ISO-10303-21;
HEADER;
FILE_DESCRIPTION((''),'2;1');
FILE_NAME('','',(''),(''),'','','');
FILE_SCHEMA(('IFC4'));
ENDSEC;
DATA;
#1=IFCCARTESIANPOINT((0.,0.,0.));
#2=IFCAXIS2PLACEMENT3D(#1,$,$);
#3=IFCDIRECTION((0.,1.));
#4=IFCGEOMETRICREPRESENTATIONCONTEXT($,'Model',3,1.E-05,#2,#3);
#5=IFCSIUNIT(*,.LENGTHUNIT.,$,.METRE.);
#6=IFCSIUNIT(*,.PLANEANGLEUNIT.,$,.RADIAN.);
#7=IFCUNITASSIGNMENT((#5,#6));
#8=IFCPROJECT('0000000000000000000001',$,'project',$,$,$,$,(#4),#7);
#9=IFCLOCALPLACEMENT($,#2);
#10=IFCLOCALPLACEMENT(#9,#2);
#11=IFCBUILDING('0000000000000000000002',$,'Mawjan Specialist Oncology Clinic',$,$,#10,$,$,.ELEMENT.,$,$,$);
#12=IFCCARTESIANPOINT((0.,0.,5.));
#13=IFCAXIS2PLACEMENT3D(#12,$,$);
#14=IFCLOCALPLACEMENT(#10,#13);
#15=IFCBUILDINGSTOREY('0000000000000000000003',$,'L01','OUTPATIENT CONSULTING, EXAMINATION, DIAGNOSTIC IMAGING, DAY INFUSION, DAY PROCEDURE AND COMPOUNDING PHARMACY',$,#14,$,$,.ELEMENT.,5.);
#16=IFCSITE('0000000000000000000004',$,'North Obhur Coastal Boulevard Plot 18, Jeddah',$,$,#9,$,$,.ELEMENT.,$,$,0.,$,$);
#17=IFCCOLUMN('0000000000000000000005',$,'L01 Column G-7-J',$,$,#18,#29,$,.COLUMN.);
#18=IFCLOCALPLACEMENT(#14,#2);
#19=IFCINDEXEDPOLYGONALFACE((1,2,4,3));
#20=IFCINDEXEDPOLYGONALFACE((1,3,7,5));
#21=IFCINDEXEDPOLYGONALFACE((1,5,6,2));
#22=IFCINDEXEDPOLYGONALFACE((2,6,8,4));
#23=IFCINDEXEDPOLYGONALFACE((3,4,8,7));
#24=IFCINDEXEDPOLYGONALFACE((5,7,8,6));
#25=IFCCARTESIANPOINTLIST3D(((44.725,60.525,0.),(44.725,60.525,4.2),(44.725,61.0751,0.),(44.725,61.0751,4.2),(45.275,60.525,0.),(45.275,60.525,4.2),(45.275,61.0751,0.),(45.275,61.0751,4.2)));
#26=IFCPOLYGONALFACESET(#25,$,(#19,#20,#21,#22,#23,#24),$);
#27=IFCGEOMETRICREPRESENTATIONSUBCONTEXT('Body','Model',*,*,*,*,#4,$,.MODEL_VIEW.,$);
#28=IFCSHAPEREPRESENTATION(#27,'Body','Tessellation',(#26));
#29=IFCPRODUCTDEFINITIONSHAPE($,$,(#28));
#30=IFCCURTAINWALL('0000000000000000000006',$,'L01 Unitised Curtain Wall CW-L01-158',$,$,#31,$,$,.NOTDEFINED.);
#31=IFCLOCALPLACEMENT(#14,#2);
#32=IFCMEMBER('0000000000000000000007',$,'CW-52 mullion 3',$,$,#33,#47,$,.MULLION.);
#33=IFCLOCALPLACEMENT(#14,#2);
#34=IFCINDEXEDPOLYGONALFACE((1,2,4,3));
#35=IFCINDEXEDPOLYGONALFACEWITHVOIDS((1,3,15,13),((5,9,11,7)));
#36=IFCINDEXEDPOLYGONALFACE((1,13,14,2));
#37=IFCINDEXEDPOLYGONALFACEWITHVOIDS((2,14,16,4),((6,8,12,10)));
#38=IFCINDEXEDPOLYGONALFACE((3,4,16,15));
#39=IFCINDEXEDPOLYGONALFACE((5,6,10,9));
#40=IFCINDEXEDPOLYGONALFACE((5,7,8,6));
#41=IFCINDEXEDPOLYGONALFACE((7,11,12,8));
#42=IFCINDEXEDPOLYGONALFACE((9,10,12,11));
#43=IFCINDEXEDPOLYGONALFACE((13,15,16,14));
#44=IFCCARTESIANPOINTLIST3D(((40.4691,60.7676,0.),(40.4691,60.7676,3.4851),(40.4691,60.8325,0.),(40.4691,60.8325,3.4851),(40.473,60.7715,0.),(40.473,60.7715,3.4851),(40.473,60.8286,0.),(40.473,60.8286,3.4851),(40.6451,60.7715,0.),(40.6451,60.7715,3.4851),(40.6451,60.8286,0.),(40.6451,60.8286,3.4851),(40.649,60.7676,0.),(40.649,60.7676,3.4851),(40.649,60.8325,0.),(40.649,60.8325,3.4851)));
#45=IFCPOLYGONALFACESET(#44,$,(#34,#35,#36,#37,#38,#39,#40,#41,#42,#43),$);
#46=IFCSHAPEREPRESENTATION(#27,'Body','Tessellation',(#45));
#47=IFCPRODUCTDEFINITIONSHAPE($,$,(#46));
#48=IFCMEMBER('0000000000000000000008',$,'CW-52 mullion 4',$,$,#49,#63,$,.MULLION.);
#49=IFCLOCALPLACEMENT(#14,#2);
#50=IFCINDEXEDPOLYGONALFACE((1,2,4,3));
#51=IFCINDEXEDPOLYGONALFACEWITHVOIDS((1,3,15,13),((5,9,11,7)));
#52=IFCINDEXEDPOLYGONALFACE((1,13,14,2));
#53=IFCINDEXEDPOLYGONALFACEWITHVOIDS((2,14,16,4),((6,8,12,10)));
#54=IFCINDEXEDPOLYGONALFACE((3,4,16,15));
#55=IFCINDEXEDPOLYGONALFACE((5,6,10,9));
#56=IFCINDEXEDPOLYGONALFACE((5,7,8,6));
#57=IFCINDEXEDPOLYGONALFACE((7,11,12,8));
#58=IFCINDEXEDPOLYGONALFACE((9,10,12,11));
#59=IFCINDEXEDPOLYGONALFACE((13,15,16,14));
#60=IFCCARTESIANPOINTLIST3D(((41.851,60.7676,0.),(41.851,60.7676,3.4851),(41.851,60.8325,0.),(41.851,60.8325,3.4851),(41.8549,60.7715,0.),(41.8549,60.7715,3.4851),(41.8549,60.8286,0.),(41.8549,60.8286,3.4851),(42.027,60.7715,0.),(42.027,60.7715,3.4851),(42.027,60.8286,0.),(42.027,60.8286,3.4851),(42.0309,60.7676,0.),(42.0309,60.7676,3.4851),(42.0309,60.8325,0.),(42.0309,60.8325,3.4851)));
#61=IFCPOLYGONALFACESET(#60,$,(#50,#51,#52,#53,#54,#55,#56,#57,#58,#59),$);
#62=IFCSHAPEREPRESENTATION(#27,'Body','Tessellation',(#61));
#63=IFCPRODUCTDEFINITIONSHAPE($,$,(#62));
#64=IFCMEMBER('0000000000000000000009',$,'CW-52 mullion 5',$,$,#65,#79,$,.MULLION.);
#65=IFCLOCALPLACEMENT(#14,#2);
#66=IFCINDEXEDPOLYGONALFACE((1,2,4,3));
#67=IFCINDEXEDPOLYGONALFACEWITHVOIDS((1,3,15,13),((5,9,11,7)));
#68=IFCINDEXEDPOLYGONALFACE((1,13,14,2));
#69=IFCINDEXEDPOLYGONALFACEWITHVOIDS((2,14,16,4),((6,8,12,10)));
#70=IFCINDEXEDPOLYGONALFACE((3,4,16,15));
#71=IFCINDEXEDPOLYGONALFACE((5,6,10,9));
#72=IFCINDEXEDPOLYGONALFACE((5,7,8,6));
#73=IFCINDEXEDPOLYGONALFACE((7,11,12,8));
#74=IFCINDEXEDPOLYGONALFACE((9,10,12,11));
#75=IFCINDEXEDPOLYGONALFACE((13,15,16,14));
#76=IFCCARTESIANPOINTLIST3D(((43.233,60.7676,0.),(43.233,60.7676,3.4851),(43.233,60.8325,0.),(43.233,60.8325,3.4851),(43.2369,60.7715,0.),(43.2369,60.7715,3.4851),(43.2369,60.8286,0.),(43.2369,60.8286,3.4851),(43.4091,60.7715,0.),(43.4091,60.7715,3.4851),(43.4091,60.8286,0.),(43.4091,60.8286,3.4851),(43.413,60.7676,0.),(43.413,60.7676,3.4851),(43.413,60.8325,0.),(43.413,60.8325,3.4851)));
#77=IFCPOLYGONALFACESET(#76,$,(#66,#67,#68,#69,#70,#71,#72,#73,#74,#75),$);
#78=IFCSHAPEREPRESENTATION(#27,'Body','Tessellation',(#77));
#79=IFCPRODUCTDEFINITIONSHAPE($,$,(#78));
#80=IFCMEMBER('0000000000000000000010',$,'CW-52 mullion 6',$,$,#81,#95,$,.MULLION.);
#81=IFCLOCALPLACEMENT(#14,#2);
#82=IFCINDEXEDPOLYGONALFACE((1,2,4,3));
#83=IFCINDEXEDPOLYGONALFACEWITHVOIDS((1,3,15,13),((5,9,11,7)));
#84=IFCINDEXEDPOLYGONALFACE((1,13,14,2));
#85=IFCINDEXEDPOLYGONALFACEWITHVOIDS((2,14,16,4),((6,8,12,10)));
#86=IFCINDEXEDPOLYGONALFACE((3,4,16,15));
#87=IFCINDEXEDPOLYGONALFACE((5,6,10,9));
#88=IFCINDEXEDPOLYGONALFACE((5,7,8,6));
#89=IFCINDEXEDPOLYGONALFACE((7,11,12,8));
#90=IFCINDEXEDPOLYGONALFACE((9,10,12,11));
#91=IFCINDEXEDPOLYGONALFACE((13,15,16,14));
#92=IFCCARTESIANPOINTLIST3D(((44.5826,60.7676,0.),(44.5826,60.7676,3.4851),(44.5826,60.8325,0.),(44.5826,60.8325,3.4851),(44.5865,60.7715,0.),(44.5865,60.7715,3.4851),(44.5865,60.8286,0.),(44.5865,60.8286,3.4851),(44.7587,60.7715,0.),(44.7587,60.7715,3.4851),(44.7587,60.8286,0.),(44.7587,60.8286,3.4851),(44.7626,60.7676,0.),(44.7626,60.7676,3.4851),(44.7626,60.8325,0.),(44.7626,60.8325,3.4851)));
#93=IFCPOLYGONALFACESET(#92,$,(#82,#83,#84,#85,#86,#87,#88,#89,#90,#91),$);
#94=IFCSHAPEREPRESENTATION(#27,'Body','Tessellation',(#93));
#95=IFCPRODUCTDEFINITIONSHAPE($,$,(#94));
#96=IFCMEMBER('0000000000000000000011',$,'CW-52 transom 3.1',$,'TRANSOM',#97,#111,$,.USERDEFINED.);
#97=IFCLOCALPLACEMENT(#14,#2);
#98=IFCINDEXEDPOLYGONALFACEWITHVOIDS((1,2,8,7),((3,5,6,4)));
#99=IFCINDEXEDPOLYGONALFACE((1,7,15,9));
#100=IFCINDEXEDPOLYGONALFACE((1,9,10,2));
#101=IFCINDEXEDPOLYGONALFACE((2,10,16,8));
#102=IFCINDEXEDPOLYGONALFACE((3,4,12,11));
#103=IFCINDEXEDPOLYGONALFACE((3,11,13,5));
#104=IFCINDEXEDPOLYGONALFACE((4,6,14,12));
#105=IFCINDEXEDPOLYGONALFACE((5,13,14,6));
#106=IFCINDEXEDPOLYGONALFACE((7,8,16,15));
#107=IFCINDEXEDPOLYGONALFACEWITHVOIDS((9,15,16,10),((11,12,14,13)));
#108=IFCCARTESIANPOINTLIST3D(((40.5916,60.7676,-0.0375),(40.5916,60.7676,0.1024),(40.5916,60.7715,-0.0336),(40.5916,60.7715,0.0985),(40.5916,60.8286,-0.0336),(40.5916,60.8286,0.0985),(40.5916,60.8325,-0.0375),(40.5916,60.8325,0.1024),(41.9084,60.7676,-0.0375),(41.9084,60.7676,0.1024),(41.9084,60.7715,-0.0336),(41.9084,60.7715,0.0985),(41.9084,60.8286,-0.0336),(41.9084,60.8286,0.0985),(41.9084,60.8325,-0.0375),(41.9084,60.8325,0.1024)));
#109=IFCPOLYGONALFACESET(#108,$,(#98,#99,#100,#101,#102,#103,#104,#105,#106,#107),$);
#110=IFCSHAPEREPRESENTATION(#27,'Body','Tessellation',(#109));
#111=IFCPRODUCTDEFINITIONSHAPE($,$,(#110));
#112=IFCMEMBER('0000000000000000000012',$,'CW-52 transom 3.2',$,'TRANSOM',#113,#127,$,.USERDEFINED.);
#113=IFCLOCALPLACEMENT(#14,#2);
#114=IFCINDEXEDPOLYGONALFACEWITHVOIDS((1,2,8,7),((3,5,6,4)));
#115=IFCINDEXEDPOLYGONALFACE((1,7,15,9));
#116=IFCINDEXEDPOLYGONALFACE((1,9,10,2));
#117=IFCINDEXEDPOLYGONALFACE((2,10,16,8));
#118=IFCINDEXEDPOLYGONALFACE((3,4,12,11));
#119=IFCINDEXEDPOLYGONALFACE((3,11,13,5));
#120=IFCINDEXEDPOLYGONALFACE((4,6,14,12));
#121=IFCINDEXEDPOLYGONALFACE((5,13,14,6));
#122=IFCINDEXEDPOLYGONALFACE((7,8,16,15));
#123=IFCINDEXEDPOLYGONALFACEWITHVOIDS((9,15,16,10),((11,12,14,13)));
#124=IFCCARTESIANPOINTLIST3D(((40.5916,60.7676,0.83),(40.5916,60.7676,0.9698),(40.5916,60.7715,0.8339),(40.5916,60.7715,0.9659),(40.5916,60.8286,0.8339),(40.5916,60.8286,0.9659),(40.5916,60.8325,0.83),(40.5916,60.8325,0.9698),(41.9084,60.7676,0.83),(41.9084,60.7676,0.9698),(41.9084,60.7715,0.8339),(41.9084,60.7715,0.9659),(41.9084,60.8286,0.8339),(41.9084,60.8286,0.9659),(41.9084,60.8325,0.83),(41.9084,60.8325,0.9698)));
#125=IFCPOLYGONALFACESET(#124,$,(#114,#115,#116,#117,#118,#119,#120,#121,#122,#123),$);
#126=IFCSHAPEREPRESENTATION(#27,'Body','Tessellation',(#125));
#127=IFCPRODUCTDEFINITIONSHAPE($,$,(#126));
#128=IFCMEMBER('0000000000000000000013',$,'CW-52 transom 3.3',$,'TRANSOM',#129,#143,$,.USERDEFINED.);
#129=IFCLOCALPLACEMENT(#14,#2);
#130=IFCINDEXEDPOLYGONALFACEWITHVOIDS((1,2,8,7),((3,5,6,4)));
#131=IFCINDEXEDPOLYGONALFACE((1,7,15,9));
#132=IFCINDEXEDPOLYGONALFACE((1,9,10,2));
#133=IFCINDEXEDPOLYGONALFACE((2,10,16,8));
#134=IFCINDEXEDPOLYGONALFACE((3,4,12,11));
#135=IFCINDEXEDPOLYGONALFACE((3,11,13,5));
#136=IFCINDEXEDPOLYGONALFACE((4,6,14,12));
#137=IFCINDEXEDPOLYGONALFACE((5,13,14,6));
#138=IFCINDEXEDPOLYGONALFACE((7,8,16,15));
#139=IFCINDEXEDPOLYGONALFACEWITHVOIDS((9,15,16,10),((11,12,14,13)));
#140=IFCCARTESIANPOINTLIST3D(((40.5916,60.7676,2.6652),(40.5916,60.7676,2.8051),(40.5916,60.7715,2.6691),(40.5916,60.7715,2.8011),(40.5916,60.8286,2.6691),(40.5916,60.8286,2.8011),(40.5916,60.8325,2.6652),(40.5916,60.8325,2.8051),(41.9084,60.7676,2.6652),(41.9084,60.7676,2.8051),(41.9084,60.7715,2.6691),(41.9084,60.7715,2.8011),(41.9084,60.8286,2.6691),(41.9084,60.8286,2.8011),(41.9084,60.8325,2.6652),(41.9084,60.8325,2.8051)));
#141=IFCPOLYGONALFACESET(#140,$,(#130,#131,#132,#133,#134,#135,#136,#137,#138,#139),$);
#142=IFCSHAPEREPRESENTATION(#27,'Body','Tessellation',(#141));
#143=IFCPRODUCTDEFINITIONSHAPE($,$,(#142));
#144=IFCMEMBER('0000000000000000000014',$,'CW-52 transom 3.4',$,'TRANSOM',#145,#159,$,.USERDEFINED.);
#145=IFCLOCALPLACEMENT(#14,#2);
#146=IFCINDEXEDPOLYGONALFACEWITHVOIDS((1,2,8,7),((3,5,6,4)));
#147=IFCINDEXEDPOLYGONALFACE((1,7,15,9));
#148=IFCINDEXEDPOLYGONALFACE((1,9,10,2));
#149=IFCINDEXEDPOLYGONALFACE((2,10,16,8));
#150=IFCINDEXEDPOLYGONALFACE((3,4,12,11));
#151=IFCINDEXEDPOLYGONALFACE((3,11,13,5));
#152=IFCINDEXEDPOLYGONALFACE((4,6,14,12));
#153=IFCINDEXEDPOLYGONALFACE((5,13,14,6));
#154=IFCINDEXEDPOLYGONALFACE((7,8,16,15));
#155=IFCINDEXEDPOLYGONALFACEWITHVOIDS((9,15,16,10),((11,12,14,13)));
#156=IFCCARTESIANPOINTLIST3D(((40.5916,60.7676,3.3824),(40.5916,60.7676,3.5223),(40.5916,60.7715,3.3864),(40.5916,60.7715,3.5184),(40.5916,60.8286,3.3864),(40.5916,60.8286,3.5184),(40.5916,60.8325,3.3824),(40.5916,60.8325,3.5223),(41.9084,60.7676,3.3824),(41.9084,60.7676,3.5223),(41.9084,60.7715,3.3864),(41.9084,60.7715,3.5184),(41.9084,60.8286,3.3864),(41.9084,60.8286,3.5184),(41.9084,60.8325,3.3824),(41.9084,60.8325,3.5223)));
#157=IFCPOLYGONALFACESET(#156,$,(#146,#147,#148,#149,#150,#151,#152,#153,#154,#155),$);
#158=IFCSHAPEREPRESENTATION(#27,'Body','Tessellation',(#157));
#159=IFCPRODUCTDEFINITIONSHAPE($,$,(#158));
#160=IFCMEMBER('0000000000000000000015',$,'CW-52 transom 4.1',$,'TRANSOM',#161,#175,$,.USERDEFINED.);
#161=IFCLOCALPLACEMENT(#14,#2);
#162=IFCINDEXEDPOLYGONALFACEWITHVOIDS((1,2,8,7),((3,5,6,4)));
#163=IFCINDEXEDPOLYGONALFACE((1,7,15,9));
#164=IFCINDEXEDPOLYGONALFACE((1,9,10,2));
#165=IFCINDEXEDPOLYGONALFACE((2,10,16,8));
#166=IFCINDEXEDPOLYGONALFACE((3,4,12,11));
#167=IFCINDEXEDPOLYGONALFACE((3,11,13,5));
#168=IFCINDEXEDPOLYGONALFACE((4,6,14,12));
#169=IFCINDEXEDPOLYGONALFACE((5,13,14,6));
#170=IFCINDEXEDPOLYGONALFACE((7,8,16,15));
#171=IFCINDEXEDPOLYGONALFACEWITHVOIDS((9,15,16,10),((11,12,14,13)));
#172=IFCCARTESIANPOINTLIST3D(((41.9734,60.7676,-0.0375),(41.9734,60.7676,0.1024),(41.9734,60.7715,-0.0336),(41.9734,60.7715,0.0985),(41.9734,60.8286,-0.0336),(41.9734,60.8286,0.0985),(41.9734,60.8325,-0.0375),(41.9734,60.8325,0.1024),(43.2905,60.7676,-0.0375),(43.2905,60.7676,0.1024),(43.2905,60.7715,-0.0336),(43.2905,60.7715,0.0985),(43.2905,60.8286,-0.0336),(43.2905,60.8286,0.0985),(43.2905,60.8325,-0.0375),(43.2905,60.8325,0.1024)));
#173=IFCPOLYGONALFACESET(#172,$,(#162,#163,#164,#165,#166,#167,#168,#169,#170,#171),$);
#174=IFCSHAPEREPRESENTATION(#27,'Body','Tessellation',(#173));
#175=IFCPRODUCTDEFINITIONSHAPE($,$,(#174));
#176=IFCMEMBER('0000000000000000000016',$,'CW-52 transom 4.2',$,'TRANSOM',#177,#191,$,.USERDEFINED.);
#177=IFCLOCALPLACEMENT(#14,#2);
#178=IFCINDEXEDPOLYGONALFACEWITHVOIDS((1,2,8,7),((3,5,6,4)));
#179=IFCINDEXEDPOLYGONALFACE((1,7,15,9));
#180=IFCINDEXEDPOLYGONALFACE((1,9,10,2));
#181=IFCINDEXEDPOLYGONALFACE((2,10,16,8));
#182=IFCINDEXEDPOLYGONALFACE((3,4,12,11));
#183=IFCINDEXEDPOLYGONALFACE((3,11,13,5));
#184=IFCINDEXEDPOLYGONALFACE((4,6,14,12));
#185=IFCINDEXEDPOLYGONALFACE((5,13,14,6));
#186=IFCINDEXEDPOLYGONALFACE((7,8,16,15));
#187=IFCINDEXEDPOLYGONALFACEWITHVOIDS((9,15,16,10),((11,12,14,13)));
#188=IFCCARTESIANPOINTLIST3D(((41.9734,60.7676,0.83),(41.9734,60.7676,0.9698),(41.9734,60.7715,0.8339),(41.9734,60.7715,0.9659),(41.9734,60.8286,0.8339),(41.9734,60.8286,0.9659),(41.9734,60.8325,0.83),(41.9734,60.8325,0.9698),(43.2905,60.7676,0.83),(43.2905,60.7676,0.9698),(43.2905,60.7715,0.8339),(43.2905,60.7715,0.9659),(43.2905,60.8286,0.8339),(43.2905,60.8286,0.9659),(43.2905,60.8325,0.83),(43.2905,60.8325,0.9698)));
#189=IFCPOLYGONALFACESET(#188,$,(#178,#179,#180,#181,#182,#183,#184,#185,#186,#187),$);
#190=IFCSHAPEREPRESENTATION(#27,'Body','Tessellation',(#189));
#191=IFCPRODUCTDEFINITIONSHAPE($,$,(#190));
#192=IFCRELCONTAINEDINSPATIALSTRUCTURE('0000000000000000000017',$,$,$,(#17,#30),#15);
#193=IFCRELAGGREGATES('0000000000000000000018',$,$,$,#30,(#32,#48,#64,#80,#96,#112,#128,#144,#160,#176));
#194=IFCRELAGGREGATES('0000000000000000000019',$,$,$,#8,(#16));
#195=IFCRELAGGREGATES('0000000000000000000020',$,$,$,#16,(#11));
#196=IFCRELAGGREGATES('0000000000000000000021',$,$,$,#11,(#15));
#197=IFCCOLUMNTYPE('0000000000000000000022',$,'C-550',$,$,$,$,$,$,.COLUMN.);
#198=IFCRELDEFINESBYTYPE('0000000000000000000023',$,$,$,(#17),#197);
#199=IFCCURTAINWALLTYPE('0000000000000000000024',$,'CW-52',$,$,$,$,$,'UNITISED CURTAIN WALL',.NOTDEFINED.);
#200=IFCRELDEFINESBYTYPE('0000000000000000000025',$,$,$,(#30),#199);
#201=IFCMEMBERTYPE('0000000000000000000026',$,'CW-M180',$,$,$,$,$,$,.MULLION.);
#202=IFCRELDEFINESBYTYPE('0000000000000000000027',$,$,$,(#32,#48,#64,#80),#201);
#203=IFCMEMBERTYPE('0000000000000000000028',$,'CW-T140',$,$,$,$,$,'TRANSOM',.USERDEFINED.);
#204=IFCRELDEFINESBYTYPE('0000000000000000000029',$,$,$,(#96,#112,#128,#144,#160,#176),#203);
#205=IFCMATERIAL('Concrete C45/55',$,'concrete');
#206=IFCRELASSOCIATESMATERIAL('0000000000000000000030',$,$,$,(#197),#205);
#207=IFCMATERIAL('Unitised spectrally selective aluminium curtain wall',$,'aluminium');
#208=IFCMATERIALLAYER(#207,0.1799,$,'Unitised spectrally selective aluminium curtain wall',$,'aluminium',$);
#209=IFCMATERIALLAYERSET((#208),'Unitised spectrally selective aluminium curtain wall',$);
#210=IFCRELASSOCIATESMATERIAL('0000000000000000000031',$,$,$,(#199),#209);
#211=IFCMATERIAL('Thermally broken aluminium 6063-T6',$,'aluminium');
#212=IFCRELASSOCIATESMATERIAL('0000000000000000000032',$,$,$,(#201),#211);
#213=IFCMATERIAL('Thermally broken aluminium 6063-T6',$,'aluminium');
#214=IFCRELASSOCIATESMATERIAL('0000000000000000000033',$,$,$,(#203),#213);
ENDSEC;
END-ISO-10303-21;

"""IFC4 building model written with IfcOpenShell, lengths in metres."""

from ifc_helpers import new_model, si_unit, direction, frame, origin, origin_2d, place, context, subcontext, project, spatial, rectangle, hollow_rectangle, extrude, material, layer, layer_set, material_profile, profile_set, type_object, element, aggregate, save


model = new_model("IFC4")

# Units and contexts
model_context = context("Model", 3, precision=1e-05, world=origin(), true_north=direction((0.0, 1.0)))
body_context = subcontext(model_context, "Body", "Model", "MODEL_VIEW")
ifc_project = project(units=[si_unit("LENGTHUNIT", "METRE"), si_unit("PLANEANGLEUNIT", "RADIAN")], contexts=[model_context])

# Site, building, storey
site_placement = place(None, origin())
site = spatial("IfcSite", under=ifc_project, at=site_placement, Name="North Obhur Coastal Boulevard Plot 18, Jeddah", CompositionType="ELEMENT", RefElevation=0.0)
building_placement = place(site_placement, origin())
building = spatial("IfcBuilding", under=site, at=building_placement, Name="Mawjan Specialist Oncology Clinic", CompositionType="ELEMENT")
storey_placement = place(building_placement, frame((0.0, 0.0, 5.0)))
storey = spatial("IfcBuildingStorey", under=building, at=storey_placement, Name="L01", Description="OUTPATIENT CONSULTING, EXAMINATION, DIAGNOSTIC IMAGING, DAY INFUSION, DAY PROCEDURE AND COMPOUNDING PHARMACY", CompositionType="ELEMENT", Elevation=5.0)

# Column
ifc_material_1 = material(Name="Concrete C45/55", Category="concrete")
ifc_material_profile_1 = material_profile(ifc_material_1, rectangle(XDim=0.55, YDim=0.55, at=origin_2d()), Name="RC COL 550x550", Category="concrete")
ifc_profile_set_1 = profile_set([ifc_material_profile_1], Name="Concrete C45/55")
column_type = type_object("IfcColumnType", Name="C-550", PredefinedType="COLUMN", material=ifc_profile_set_1)
column_placement = place(storey_placement, frame((45.0, 60.8, 0.0), z_axis=(0.0, 0.0, 1.0), x_axis=(1.0, 0.0, 0.0)))
element("IfcColumn", 1, at=column_placement, inside=storey, type_object=column_type, Name="L01 Column G-7-J", PredefinedType="COLUMN", context=body_context, shape_type="SweptSolid", body=[
    extrude(rectangle(XDim=0.55, YDim=0.55, at=origin_2d()), origin(), (0.0, 0.0, 1.0), 4.2),
])

# Curtain wall, members
ifc_material_2 = material(Name="Unitised spectrally selective aluminium curtain wall", Category="aluminium")
ifc_layer_1 = layer(ifc_material_2, 0.1799, Name="Unitised spectrally selective aluminium curtain wall", Category="aluminium")
ifc_layer_set_1 = layer_set([ifc_layer_1], Name="Unitised spectrally selective aluminium curtain wall")
curtain_wall_type = type_object("IfcCurtainWallType", Name="CW-52", ElementType="UNITISED CURTAIN WALL", PredefinedType="NOTDEFINED", material=ifc_layer_set_1)
curtain_wall_placement = place(storey_placement, origin())
curtain_wall = element("IfcCurtainWall", 2, at=curtain_wall_placement, inside=storey, type_object=curtain_wall_type, Name="L01 Unitised Curtain Wall CW-L01-158", PredefinedType="NOTDEFINED")
ifc_material_3 = material(Name="Thermally broken aluminium 6063-T6", Category="aluminium")
ifc_material_profile_2 = material_profile(ifc_material_3, hollow_rectangle(XDim=0.0649, YDim=0.1799, WallThickness=0.0039, at=origin_2d()), Name="ALU MULLION 180x65x4", Category="aluminium")
ifc_profile_set_2 = profile_set([ifc_material_profile_2], Name="Thermally broken aluminium 6063-T6")
member_type_1 = type_object("IfcMemberType", Name="CW-M180", PredefinedType="MULLION", material=ifc_profile_set_2)
member_1_placement = place(storey_placement, frame((40.5591, 60.8, 0.0), z_axis=(0.0, 0.0, 1.0), x_axis=(0.0, 1.0, 0.0)))
member_1 = element("IfcMember", 3, at=member_1_placement, type_object=member_type_1, Name="CW-52 mullion 3", PredefinedType="MULLION", context=body_context, shape_type="SweptSolid", body=[
    extrude(hollow_rectangle(XDim=0.0649, YDim=0.1799, WallThickness=0.0039, at=origin_2d()), origin(), (0.0, 0.0, 1.0), 3.4851),
])
member_2_placement = place(storey_placement, frame((41.9409, 60.8, 0.0), z_axis=(0.0, 0.0, 1.0), x_axis=(0.0, 1.0, 0.0)))
member_2 = element("IfcMember", 4, at=member_2_placement, type_object=member_type_1, Name="CW-52 mullion 4", PredefinedType="MULLION", context=body_context, shape_type="SweptSolid", body=[
    extrude(hollow_rectangle(XDim=0.0649, YDim=0.1799, WallThickness=0.0039, at=origin_2d()), origin(), (0.0, 0.0, 1.0), 3.4851),
])
member_3_placement = place(storey_placement, frame((43.323, 60.8, 0.0), z_axis=(0.0, 0.0, 1.0), x_axis=(0.0, 1.0, 0.0)))
member_3 = element("IfcMember", 5, at=member_3_placement, type_object=member_type_1, Name="CW-52 mullion 5", PredefinedType="MULLION", context=body_context, shape_type="SweptSolid", body=[
    extrude(hollow_rectangle(XDim=0.0649, YDim=0.1799, WallThickness=0.0039, at=origin_2d()), origin(), (0.0, 0.0, 1.0), 3.4851),
])
member_4_placement = place(storey_placement, frame((44.6726, 60.8, 0.0), z_axis=(0.0, 0.0, 1.0), x_axis=(0.0, 1.0, 0.0)))
member_4 = element("IfcMember", 6, at=member_4_placement, type_object=member_type_1, Name="CW-52 mullion 6", PredefinedType="MULLION", context=body_context, shape_type="SweptSolid", body=[
    extrude(hollow_rectangle(XDim=0.0649, YDim=0.1799, WallThickness=0.0039, at=origin_2d()), origin(), (0.0, 0.0, 1.0), 3.4851),
])
ifc_material_4 = material(Name="Thermally broken aluminium 6063-T6", Category="aluminium")
ifc_material_profile_3 = material_profile(ifc_material_4, hollow_rectangle(XDim=0.0649, YDim=0.1399, WallThickness=0.0039, at=origin_2d()), Name="ALU TRANSOM 140x65x4", Category="aluminium")
ifc_profile_set_3 = profile_set([ifc_material_profile_3], Name="Thermally broken aluminium 6063-T6")
member_type_2 = type_object("IfcMemberType", Name="CW-T140", ElementType="TRANSOM", PredefinedType="USERDEFINED", material=ifc_profile_set_3)
member_5_placement = place(storey_placement, frame((40.5916, 60.8, 0.0325), z_axis=(1.0, 0.0, 0.0), x_axis=(0.0, 1.0, 0.0)))
member_5 = element("IfcMember", 7, at=member_5_placement, type_object=member_type_2, Name="CW-52 transom 3.1", ObjectType="TRANSOM", PredefinedType="USERDEFINED", context=body_context, shape_type="SweptSolid", body=[
    extrude(hollow_rectangle(XDim=0.0649, YDim=0.1399, WallThickness=0.0039, at=origin_2d()), origin(), (0.0, 0.0, 1.0), 1.3169),
])
member_6_placement = place(storey_placement, frame((40.5916, 60.8, 0.8999), z_axis=(1.0, 0.0, 0.0), x_axis=(0.0, 1.0, 0.0)))
member_6 = element("IfcMember", 8, at=member_6_placement, type_object=member_type_2, Name="CW-52 transom 3.2", ObjectType="TRANSOM", PredefinedType="USERDEFINED", context=body_context, shape_type="SweptSolid", body=[
    extrude(hollow_rectangle(XDim=0.0649, YDim=0.1399, WallThickness=0.0039, at=origin_2d()), origin(), (0.0, 0.0, 1.0), 1.3169),
])
member_7_placement = place(storey_placement, frame((40.5916, 60.8, 2.7351), z_axis=(1.0, 0.0, 0.0), x_axis=(0.0, 1.0, 0.0)))
member_7 = element("IfcMember", 9, at=member_7_placement, type_object=member_type_2, Name="CW-52 transom 3.3", ObjectType="TRANSOM", PredefinedType="USERDEFINED", context=body_context, shape_type="SweptSolid", body=[
    extrude(hollow_rectangle(XDim=0.0649, YDim=0.1399, WallThickness=0.0039, at=origin_2d()), origin(), (0.0, 0.0, 1.0), 1.3169),
])
member_8_placement = place(storey_placement, frame((40.5916, 60.8, 3.4524), z_axis=(1.0, 0.0, 0.0), x_axis=(0.0, 1.0, 0.0)))
member_8 = element("IfcMember", 10, at=member_8_placement, type_object=member_type_2, Name="CW-52 transom 3.4", ObjectType="TRANSOM", PredefinedType="USERDEFINED", context=body_context, shape_type="SweptSolid", body=[
    extrude(hollow_rectangle(XDim=0.0649, YDim=0.1399, WallThickness=0.0039, at=origin_2d()), origin(), (0.0, 0.0, 1.0), 1.3169),
])
member_9_placement = place(storey_placement, frame((41.9734, 60.8, 0.0325), z_axis=(1.0, 0.0, 0.0), x_axis=(0.0, 1.0, 0.0)))
member_9 = element("IfcMember", 11, at=member_9_placement, type_object=member_type_2, Name="CW-52 transom 4.1", ObjectType="TRANSOM", PredefinedType="USERDEFINED", context=body_context, shape_type="SweptSolid", body=[
    extrude(hollow_rectangle(XDim=0.0649, YDim=0.1399, WallThickness=0.0039, at=origin_2d()), origin(), (0.0, 0.0, 1.0), 1.3171),
])
member_10_placement = place(storey_placement, frame((41.9734, 60.8, 0.8999), z_axis=(1.0, 0.0, 0.0), x_axis=(0.0, 1.0, 0.0)))
member_10 = element("IfcMember", 12, at=member_10_placement, type_object=member_type_2, Name="CW-52 transom 4.2", ObjectType="TRANSOM", PredefinedType="USERDEFINED", context=body_context, shape_type="SweptSolid", body=[
    extrude(hollow_rectangle(XDim=0.0649, YDim=0.1399, WallThickness=0.0039, at=origin_2d()), origin(), (0.0, 0.0, 1.0), 1.3171),
])

aggregate(curtain_wall, [member_1, member_2, member_3, member_4, member_5, member_6, member_7, member_8, member_9, member_10])

save(model, "model.ifc")
